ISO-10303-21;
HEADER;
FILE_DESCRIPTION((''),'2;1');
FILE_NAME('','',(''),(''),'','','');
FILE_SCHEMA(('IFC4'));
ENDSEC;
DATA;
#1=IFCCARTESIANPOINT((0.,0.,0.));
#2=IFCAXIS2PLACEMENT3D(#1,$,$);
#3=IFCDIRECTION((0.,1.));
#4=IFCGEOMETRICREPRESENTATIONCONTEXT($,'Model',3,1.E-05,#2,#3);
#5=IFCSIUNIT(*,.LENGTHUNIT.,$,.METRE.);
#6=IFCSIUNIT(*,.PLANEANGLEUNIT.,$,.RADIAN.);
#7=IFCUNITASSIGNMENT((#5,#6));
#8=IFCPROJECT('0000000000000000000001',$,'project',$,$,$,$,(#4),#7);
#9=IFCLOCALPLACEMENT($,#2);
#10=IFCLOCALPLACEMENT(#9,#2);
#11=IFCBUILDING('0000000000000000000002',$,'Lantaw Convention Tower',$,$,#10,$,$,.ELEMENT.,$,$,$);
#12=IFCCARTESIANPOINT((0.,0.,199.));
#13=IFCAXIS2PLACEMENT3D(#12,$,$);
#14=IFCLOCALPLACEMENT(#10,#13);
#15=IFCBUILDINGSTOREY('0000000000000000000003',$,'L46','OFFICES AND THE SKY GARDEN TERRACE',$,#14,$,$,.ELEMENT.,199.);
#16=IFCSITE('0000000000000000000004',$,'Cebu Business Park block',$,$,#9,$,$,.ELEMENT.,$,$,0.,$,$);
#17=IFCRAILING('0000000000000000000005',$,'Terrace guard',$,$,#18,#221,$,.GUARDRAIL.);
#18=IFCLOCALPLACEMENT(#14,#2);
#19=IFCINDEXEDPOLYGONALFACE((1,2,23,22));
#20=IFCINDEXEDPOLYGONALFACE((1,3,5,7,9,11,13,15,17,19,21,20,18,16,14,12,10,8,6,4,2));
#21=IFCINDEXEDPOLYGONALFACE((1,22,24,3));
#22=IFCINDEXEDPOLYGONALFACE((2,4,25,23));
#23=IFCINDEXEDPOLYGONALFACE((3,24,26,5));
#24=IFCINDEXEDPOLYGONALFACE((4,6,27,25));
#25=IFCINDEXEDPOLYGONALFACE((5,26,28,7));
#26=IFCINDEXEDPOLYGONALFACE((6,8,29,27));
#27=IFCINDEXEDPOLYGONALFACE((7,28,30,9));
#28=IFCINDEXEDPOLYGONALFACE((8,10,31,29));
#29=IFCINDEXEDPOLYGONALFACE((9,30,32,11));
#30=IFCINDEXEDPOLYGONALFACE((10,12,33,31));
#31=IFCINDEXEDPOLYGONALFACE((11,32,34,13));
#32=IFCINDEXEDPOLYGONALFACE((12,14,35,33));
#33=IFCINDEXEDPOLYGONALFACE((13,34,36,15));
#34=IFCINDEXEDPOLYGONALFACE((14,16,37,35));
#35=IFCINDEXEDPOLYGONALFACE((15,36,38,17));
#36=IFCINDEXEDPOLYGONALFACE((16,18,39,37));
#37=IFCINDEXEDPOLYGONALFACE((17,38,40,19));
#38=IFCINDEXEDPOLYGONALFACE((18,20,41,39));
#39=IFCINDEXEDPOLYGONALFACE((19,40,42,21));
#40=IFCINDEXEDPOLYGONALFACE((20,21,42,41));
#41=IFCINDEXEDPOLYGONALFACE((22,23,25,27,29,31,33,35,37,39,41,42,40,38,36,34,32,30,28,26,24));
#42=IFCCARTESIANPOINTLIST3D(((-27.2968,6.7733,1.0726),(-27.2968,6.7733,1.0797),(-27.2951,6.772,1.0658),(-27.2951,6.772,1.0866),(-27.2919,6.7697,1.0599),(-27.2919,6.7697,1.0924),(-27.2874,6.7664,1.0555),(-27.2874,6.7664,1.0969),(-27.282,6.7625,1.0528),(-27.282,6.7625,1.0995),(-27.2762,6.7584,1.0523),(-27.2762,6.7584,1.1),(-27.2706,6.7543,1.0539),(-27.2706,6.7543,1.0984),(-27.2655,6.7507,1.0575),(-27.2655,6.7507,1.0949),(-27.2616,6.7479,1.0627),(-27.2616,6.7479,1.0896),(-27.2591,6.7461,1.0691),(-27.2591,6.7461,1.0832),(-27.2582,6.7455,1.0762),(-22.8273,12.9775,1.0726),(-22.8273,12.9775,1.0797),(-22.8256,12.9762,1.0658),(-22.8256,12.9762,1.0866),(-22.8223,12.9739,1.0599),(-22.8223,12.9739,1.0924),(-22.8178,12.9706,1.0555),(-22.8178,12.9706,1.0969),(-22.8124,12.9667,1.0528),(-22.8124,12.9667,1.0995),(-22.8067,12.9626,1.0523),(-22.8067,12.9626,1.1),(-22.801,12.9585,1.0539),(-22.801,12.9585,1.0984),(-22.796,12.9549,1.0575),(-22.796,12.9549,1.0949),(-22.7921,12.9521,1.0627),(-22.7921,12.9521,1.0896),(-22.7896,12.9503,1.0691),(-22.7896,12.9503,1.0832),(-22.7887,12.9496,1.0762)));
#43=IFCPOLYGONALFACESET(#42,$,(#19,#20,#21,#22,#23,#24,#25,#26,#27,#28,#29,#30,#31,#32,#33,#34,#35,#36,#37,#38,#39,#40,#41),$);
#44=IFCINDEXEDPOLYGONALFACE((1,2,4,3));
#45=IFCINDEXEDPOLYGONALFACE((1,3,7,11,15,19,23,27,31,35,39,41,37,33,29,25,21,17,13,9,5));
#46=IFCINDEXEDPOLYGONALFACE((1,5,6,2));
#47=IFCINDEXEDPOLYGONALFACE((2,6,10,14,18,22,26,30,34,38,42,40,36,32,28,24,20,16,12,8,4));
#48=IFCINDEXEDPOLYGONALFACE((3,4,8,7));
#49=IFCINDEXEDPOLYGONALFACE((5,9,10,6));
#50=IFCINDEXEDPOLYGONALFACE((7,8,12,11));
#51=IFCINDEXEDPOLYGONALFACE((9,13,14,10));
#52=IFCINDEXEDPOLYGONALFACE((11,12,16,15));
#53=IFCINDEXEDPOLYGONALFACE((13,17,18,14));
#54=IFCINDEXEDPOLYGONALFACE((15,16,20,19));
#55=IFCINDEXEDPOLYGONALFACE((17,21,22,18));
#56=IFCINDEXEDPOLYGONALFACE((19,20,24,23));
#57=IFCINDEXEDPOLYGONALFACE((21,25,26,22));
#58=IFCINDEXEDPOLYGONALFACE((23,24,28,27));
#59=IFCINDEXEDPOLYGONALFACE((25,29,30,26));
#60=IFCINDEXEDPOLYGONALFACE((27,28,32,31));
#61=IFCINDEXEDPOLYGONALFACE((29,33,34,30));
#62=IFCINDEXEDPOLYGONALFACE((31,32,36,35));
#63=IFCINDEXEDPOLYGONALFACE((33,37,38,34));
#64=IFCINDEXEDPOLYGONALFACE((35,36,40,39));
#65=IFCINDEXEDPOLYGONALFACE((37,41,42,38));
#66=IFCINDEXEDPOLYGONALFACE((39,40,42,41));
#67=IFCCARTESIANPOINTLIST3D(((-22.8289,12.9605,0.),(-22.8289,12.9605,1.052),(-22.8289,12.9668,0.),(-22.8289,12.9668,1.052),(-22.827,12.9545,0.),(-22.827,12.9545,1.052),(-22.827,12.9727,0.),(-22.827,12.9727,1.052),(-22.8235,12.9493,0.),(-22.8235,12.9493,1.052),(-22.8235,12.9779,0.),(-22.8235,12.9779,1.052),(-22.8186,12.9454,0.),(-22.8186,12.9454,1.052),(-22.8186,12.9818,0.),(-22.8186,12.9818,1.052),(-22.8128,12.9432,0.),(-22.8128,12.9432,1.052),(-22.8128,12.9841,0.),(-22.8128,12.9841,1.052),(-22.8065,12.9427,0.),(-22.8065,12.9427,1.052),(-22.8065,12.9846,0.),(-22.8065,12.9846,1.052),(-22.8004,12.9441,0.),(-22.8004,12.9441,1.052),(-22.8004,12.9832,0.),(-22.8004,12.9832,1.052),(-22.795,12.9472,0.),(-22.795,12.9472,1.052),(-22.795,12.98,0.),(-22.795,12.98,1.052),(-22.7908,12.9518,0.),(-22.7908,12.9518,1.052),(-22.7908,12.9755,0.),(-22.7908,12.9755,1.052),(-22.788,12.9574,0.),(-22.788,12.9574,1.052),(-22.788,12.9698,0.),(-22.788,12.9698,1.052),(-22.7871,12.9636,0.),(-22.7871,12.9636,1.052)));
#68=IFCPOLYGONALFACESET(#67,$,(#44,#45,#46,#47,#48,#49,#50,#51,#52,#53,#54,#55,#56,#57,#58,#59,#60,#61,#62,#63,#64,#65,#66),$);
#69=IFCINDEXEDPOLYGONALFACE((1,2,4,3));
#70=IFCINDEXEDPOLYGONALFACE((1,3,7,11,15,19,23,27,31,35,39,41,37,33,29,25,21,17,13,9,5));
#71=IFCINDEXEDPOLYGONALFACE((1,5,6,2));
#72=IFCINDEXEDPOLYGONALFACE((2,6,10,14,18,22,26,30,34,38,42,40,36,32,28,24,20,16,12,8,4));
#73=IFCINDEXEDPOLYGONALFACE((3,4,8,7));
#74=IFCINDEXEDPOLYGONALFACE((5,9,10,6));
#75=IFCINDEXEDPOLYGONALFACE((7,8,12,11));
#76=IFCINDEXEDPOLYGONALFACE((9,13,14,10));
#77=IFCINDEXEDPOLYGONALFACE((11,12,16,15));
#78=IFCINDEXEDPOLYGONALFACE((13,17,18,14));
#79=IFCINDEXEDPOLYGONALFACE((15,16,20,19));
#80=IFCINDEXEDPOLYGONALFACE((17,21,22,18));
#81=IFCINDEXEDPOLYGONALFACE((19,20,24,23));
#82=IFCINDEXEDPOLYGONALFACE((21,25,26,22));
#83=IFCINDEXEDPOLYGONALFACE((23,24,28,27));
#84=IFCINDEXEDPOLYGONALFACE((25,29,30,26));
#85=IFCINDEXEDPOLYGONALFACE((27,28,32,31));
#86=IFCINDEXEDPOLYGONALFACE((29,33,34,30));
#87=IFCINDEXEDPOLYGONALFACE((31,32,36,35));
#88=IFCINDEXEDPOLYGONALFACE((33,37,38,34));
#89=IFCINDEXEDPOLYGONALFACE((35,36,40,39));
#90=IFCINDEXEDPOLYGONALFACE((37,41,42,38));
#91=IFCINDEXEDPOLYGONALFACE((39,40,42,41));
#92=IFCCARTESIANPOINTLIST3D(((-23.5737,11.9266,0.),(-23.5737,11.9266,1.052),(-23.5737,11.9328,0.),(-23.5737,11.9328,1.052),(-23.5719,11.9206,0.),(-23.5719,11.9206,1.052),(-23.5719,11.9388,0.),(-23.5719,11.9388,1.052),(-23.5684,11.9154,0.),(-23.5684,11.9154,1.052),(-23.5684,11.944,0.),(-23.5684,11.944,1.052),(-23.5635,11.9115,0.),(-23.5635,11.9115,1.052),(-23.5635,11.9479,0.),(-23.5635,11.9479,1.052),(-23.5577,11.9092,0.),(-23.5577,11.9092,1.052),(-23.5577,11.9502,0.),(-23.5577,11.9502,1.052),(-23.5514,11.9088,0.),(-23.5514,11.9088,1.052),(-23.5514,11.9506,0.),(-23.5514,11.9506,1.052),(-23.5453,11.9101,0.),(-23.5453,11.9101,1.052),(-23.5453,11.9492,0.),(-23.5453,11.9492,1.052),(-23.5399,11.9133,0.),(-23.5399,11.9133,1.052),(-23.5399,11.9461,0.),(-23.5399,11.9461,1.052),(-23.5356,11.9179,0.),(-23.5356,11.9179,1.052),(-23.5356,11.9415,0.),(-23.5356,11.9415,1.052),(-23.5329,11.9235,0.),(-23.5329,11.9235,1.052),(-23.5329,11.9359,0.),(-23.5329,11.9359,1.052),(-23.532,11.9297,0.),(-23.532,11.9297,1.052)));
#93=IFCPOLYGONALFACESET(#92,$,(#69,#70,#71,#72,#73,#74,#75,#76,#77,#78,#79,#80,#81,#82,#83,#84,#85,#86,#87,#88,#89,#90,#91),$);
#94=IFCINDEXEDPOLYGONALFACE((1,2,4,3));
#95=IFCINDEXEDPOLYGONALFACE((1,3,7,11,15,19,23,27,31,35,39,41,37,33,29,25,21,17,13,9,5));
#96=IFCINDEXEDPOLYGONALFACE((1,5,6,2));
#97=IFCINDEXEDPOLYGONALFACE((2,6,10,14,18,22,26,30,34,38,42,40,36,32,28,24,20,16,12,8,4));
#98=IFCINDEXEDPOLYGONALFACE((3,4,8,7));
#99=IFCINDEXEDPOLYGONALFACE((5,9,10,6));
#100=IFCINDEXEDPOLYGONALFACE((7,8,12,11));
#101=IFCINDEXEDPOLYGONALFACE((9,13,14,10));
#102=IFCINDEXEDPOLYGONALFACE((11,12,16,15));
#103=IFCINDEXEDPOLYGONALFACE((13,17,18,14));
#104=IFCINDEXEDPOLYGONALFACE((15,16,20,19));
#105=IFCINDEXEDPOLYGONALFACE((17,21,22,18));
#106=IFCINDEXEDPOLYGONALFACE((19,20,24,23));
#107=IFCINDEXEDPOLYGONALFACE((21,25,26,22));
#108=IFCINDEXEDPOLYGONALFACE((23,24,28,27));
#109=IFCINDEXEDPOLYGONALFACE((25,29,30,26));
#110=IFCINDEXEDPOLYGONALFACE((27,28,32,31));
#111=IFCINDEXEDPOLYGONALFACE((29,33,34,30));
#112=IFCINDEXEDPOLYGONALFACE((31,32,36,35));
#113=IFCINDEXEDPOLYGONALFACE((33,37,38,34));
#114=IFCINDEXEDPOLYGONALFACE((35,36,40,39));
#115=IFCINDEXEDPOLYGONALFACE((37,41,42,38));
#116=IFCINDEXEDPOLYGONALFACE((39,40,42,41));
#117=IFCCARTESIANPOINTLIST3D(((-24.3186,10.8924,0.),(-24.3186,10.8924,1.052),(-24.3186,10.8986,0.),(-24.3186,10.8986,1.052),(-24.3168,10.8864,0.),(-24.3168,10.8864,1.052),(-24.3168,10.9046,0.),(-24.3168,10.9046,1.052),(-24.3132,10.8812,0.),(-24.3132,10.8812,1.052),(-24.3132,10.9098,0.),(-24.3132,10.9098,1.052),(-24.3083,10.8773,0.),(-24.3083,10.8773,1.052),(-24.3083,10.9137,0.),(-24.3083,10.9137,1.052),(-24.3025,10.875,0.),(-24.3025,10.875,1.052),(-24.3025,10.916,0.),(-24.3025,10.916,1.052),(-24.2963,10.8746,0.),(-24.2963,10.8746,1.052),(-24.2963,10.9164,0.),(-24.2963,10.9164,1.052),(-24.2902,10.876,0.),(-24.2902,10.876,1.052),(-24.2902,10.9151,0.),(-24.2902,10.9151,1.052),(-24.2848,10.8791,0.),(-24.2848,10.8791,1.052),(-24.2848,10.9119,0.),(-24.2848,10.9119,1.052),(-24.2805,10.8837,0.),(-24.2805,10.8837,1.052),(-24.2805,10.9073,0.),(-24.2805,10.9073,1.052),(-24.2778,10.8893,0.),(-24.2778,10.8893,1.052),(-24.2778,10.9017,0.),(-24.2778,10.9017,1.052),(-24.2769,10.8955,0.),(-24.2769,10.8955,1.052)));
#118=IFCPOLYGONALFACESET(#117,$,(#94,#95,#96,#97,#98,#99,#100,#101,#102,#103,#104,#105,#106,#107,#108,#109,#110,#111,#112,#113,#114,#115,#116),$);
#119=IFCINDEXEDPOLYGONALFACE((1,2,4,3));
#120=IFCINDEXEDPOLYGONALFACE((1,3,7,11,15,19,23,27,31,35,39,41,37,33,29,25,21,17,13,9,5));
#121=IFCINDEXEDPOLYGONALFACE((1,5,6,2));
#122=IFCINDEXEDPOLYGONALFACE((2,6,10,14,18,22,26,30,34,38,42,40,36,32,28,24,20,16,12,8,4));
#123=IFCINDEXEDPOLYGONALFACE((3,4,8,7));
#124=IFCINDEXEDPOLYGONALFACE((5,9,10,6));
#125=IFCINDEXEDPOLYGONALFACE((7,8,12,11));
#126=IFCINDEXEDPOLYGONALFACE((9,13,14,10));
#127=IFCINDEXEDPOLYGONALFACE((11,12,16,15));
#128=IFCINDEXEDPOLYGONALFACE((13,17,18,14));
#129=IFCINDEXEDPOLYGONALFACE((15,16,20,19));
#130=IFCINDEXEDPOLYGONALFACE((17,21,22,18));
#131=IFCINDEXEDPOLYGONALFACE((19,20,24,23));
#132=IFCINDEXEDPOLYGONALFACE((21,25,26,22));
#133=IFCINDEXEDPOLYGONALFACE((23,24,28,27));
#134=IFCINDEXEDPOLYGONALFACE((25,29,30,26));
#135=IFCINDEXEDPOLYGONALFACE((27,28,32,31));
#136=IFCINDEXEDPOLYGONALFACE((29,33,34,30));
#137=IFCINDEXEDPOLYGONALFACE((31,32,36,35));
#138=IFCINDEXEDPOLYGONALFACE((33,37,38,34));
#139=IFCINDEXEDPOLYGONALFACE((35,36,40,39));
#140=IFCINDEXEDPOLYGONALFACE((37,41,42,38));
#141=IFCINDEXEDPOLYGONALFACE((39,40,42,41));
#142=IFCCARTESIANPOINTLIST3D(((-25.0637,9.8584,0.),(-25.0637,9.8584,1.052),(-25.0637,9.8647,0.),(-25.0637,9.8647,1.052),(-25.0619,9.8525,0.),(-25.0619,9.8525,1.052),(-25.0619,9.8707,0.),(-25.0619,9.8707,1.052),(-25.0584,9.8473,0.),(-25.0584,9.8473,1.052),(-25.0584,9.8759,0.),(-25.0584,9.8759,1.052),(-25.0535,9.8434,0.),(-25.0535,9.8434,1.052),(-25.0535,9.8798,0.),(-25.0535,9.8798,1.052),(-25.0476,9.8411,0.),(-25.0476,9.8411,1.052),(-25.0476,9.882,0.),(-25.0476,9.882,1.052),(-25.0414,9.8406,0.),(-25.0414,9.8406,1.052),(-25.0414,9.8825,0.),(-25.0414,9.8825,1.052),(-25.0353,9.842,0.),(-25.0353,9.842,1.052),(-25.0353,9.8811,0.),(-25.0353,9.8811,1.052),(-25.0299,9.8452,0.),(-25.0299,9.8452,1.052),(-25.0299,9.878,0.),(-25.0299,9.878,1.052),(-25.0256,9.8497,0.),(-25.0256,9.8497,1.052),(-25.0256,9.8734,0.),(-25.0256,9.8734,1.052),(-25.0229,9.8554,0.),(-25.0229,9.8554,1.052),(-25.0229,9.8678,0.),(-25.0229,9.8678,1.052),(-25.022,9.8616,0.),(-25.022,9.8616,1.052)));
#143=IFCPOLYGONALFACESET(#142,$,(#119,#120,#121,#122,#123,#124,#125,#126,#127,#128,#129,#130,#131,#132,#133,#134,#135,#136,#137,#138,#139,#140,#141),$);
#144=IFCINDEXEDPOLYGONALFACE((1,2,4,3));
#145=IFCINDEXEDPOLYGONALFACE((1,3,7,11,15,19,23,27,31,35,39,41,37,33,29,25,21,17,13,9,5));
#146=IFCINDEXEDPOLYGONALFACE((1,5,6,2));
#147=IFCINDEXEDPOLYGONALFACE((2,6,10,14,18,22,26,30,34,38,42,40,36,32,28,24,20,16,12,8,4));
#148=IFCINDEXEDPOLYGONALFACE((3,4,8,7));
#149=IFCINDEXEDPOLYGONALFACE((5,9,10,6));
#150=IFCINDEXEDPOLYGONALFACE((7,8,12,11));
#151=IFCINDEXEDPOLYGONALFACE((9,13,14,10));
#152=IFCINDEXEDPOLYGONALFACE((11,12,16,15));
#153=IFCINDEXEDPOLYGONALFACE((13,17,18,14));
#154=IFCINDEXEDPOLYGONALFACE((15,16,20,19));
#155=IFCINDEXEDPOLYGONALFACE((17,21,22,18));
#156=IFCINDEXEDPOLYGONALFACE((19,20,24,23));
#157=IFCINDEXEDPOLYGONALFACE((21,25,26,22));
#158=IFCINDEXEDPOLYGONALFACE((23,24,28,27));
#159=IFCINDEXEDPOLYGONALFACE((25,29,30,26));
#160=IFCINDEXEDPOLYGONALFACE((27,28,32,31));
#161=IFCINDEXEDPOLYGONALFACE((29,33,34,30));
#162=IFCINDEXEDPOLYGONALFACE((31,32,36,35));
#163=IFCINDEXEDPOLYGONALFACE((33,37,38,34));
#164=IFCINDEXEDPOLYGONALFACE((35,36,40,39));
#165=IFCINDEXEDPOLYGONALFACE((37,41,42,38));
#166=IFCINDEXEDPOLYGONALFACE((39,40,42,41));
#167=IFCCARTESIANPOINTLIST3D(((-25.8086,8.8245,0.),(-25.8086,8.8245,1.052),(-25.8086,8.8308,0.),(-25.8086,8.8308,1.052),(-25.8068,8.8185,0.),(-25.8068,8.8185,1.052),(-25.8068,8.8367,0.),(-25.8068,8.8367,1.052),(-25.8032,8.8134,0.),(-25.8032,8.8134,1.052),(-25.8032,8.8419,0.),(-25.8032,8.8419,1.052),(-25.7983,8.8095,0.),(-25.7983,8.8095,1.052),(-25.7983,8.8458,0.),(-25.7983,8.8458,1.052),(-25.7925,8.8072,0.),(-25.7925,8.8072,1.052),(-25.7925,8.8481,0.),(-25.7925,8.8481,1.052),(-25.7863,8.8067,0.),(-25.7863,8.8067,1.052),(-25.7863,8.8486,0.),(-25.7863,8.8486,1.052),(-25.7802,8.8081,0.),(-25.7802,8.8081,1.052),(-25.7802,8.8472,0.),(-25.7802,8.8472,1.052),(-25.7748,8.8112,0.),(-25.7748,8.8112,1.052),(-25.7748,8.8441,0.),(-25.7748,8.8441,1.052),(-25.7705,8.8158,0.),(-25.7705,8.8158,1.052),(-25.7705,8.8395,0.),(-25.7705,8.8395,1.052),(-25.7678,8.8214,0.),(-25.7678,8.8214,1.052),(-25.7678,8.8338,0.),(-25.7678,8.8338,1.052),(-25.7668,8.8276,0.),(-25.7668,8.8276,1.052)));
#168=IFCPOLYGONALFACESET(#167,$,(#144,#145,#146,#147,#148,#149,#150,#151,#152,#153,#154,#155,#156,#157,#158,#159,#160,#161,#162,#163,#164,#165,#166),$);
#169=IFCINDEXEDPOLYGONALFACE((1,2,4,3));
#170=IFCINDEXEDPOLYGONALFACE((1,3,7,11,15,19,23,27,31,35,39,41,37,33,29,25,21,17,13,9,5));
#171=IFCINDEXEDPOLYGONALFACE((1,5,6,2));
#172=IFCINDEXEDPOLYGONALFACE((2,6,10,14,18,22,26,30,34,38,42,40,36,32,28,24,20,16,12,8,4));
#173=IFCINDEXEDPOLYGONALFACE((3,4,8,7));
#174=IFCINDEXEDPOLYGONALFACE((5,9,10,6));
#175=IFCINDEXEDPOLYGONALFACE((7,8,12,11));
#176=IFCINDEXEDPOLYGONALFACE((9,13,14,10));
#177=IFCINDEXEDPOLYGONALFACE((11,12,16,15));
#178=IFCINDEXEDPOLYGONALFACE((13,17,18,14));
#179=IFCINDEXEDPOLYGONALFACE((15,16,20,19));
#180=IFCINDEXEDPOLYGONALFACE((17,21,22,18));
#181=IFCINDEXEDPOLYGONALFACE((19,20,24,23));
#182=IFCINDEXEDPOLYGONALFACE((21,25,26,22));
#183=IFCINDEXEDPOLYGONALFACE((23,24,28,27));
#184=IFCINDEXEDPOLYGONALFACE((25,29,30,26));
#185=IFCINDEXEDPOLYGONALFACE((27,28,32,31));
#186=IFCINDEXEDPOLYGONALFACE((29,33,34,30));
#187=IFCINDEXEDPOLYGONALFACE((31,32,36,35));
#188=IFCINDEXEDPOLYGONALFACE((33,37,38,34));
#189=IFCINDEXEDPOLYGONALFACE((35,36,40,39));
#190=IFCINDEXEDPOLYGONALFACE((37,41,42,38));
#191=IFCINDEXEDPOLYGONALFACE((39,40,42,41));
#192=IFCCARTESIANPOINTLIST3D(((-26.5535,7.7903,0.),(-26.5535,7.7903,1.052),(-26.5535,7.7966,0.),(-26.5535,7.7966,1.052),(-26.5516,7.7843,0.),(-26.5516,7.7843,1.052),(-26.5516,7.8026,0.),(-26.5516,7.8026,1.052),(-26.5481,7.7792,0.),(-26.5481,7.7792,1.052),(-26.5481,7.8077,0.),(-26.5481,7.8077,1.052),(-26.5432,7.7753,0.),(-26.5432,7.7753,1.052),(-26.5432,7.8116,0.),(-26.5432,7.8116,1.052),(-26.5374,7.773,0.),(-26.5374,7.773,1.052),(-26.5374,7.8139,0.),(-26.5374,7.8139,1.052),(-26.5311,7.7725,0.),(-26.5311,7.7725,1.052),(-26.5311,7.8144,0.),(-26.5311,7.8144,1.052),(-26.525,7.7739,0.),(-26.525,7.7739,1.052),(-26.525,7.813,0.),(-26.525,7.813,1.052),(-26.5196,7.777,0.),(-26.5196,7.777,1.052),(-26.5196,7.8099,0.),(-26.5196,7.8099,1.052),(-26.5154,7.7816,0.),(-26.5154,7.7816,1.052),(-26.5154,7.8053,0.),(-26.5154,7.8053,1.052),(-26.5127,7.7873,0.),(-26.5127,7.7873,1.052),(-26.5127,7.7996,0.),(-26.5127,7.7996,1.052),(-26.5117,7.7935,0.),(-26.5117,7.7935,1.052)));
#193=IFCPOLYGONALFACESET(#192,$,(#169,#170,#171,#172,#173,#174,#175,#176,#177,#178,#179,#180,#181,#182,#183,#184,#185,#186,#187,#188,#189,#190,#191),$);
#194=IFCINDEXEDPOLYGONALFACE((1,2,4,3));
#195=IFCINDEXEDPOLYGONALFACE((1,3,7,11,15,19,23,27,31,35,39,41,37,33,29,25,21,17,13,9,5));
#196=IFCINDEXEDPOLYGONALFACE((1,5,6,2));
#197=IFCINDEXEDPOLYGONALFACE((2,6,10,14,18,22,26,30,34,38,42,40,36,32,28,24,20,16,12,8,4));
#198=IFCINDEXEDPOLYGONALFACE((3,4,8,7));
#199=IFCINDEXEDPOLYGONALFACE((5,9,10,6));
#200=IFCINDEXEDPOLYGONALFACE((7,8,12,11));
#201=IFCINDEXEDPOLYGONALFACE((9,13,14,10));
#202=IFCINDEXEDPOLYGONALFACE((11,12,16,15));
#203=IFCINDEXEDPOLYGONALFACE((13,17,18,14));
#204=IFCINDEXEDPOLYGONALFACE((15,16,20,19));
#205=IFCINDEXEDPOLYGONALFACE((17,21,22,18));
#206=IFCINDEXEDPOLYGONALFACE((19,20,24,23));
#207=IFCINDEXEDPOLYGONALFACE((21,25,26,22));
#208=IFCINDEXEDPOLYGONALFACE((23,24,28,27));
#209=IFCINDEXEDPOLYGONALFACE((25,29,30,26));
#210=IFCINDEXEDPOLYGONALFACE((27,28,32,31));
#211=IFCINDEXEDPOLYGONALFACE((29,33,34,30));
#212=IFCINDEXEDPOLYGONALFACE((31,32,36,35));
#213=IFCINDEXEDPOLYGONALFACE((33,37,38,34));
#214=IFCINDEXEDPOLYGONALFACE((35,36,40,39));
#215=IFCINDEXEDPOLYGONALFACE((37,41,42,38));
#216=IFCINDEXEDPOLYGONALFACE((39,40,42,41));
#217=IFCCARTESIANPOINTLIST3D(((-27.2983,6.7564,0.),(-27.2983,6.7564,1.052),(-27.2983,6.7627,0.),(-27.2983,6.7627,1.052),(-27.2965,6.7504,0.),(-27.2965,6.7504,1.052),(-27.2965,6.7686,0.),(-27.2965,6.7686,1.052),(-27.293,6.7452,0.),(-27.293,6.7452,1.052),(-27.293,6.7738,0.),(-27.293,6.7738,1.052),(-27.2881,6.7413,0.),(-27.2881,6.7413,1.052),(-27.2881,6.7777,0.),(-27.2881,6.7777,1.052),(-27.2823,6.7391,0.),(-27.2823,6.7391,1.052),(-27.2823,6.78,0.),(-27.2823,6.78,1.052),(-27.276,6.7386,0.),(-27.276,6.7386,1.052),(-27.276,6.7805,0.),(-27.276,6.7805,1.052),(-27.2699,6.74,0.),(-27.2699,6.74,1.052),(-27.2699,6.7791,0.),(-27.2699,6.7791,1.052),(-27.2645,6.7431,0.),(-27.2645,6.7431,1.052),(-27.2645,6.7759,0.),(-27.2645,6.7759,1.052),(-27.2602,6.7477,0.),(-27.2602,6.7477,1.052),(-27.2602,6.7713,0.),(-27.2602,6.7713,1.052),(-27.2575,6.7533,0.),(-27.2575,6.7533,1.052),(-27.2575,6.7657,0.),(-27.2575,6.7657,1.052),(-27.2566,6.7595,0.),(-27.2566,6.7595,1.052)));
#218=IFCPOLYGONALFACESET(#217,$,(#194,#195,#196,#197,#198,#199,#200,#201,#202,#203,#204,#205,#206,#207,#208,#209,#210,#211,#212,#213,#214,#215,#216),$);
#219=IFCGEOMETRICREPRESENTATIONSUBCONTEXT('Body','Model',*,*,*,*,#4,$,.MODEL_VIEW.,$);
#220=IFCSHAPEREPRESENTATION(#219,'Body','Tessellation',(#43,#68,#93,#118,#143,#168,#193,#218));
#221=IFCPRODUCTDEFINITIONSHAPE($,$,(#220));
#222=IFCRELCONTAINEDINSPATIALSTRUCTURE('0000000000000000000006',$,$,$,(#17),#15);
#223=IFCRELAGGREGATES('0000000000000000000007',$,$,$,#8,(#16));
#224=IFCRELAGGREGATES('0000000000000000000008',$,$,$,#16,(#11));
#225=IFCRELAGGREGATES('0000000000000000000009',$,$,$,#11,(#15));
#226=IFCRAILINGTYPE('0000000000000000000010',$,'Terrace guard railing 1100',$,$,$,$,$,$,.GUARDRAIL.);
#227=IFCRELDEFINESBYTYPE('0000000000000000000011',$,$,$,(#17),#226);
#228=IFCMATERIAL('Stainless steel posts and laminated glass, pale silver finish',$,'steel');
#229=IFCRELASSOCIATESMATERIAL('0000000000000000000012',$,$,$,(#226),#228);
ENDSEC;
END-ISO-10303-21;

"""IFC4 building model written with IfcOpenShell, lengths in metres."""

from ifc_helpers import new_model, si_unit, direction, frame, origin, origin_2d, place, context, subcontext, project, spatial, circle, extrude, material, type_object, element, save


model = new_model("IFC4")

# Units and contexts
model_context = context("Model", 3, precision=1e-05, world=origin(), true_north=direction((0.0, 1.0)))
body_context = subcontext(model_context, "Body", "Model", "MODEL_VIEW")
ifc_project = project(units=[si_unit("LENGTHUNIT", "METRE"), si_unit("PLANEANGLEUNIT", "RADIAN")], contexts=[model_context])

# Site, building, storey
site_placement = place(None, origin())
site = spatial("IfcSite", under=ifc_project, at=site_placement, Name="Cebu Business Park block", CompositionType="ELEMENT", RefElevation=0.0)
building_placement = place(site_placement, origin())
building = spatial("IfcBuilding", under=site, at=building_placement, Name="Lantaw Convention Tower", CompositionType="ELEMENT")
storey_placement = place(building_placement, frame((0.0, 0.0, 199.0)))
storey = spatial("IfcBuildingStorey", under=building, at=storey_placement, Name="L46", Description="OFFICES AND THE SKY GARDEN TERRACE", CompositionType="ELEMENT", Elevation=199.0)

# Railing
ifc_material_1 = material(Name="Stainless steel posts and laminated glass, pale silver finish", Category="steel")
railing_type = type_object("IfcRailingType", Name="Terrace guard railing 1100", PredefinedType="GUARDRAIL", material=ifc_material_1)
railing_1_placement = place(storey_placement, frame((-22.8081, 12.9636, 0.0)))
element("IfcRailing", 1, at=railing_1_placement, inside=storey, type_object=railing_type, Name="Terrace guard", PredefinedType="GUARDRAIL", context=body_context, shape_type="SweptSolid", body=[
    extrude(circle(Radius=0.0239, at=origin_2d()), frame((0.0, 0.0, 1.0762), z_axis=(-0.584523, -0.811377, 0.0), x_axis=(0.811377, -0.584523, 0.0)), (0.0, 0.0, 1.0), 7.6465),
    extrude(circle(Radius=0.021, at=origin_2d()), origin(), (0.0, 0.0, 1.0), 1.052),
    extrude(circle(Radius=0.021, at=origin_2d()), frame((-0.7449, -1.0339, 0.0)), (0.0, 0.0, 1.0), 1.052),
    extrude(circle(Radius=0.021, at=origin_2d()), frame((-1.4897, -2.0681, 0.0)), (0.0, 0.0, 1.0), 1.052),
    extrude(circle(Radius=0.021, at=origin_2d()), frame((-2.2349, -3.1021, 0.0)), (0.0, 0.0, 1.0), 1.052),
    extrude(circle(Radius=0.021, at=origin_2d()), frame((-2.9797, -4.136, 0.0)), (0.0, 0.0, 1.0), 1.052),
    extrude(circle(Radius=0.021, at=origin_2d()), frame((-3.7246, -5.1702, 0.0)), (0.0, 0.0, 1.0), 1.052),
    extrude(circle(Radius=0.021, at=origin_2d()), frame((-4.4695, -6.2041, 0.0)), (0.0, 0.0, 1.0), 1.052),
])

save(model, "model.ifc")
